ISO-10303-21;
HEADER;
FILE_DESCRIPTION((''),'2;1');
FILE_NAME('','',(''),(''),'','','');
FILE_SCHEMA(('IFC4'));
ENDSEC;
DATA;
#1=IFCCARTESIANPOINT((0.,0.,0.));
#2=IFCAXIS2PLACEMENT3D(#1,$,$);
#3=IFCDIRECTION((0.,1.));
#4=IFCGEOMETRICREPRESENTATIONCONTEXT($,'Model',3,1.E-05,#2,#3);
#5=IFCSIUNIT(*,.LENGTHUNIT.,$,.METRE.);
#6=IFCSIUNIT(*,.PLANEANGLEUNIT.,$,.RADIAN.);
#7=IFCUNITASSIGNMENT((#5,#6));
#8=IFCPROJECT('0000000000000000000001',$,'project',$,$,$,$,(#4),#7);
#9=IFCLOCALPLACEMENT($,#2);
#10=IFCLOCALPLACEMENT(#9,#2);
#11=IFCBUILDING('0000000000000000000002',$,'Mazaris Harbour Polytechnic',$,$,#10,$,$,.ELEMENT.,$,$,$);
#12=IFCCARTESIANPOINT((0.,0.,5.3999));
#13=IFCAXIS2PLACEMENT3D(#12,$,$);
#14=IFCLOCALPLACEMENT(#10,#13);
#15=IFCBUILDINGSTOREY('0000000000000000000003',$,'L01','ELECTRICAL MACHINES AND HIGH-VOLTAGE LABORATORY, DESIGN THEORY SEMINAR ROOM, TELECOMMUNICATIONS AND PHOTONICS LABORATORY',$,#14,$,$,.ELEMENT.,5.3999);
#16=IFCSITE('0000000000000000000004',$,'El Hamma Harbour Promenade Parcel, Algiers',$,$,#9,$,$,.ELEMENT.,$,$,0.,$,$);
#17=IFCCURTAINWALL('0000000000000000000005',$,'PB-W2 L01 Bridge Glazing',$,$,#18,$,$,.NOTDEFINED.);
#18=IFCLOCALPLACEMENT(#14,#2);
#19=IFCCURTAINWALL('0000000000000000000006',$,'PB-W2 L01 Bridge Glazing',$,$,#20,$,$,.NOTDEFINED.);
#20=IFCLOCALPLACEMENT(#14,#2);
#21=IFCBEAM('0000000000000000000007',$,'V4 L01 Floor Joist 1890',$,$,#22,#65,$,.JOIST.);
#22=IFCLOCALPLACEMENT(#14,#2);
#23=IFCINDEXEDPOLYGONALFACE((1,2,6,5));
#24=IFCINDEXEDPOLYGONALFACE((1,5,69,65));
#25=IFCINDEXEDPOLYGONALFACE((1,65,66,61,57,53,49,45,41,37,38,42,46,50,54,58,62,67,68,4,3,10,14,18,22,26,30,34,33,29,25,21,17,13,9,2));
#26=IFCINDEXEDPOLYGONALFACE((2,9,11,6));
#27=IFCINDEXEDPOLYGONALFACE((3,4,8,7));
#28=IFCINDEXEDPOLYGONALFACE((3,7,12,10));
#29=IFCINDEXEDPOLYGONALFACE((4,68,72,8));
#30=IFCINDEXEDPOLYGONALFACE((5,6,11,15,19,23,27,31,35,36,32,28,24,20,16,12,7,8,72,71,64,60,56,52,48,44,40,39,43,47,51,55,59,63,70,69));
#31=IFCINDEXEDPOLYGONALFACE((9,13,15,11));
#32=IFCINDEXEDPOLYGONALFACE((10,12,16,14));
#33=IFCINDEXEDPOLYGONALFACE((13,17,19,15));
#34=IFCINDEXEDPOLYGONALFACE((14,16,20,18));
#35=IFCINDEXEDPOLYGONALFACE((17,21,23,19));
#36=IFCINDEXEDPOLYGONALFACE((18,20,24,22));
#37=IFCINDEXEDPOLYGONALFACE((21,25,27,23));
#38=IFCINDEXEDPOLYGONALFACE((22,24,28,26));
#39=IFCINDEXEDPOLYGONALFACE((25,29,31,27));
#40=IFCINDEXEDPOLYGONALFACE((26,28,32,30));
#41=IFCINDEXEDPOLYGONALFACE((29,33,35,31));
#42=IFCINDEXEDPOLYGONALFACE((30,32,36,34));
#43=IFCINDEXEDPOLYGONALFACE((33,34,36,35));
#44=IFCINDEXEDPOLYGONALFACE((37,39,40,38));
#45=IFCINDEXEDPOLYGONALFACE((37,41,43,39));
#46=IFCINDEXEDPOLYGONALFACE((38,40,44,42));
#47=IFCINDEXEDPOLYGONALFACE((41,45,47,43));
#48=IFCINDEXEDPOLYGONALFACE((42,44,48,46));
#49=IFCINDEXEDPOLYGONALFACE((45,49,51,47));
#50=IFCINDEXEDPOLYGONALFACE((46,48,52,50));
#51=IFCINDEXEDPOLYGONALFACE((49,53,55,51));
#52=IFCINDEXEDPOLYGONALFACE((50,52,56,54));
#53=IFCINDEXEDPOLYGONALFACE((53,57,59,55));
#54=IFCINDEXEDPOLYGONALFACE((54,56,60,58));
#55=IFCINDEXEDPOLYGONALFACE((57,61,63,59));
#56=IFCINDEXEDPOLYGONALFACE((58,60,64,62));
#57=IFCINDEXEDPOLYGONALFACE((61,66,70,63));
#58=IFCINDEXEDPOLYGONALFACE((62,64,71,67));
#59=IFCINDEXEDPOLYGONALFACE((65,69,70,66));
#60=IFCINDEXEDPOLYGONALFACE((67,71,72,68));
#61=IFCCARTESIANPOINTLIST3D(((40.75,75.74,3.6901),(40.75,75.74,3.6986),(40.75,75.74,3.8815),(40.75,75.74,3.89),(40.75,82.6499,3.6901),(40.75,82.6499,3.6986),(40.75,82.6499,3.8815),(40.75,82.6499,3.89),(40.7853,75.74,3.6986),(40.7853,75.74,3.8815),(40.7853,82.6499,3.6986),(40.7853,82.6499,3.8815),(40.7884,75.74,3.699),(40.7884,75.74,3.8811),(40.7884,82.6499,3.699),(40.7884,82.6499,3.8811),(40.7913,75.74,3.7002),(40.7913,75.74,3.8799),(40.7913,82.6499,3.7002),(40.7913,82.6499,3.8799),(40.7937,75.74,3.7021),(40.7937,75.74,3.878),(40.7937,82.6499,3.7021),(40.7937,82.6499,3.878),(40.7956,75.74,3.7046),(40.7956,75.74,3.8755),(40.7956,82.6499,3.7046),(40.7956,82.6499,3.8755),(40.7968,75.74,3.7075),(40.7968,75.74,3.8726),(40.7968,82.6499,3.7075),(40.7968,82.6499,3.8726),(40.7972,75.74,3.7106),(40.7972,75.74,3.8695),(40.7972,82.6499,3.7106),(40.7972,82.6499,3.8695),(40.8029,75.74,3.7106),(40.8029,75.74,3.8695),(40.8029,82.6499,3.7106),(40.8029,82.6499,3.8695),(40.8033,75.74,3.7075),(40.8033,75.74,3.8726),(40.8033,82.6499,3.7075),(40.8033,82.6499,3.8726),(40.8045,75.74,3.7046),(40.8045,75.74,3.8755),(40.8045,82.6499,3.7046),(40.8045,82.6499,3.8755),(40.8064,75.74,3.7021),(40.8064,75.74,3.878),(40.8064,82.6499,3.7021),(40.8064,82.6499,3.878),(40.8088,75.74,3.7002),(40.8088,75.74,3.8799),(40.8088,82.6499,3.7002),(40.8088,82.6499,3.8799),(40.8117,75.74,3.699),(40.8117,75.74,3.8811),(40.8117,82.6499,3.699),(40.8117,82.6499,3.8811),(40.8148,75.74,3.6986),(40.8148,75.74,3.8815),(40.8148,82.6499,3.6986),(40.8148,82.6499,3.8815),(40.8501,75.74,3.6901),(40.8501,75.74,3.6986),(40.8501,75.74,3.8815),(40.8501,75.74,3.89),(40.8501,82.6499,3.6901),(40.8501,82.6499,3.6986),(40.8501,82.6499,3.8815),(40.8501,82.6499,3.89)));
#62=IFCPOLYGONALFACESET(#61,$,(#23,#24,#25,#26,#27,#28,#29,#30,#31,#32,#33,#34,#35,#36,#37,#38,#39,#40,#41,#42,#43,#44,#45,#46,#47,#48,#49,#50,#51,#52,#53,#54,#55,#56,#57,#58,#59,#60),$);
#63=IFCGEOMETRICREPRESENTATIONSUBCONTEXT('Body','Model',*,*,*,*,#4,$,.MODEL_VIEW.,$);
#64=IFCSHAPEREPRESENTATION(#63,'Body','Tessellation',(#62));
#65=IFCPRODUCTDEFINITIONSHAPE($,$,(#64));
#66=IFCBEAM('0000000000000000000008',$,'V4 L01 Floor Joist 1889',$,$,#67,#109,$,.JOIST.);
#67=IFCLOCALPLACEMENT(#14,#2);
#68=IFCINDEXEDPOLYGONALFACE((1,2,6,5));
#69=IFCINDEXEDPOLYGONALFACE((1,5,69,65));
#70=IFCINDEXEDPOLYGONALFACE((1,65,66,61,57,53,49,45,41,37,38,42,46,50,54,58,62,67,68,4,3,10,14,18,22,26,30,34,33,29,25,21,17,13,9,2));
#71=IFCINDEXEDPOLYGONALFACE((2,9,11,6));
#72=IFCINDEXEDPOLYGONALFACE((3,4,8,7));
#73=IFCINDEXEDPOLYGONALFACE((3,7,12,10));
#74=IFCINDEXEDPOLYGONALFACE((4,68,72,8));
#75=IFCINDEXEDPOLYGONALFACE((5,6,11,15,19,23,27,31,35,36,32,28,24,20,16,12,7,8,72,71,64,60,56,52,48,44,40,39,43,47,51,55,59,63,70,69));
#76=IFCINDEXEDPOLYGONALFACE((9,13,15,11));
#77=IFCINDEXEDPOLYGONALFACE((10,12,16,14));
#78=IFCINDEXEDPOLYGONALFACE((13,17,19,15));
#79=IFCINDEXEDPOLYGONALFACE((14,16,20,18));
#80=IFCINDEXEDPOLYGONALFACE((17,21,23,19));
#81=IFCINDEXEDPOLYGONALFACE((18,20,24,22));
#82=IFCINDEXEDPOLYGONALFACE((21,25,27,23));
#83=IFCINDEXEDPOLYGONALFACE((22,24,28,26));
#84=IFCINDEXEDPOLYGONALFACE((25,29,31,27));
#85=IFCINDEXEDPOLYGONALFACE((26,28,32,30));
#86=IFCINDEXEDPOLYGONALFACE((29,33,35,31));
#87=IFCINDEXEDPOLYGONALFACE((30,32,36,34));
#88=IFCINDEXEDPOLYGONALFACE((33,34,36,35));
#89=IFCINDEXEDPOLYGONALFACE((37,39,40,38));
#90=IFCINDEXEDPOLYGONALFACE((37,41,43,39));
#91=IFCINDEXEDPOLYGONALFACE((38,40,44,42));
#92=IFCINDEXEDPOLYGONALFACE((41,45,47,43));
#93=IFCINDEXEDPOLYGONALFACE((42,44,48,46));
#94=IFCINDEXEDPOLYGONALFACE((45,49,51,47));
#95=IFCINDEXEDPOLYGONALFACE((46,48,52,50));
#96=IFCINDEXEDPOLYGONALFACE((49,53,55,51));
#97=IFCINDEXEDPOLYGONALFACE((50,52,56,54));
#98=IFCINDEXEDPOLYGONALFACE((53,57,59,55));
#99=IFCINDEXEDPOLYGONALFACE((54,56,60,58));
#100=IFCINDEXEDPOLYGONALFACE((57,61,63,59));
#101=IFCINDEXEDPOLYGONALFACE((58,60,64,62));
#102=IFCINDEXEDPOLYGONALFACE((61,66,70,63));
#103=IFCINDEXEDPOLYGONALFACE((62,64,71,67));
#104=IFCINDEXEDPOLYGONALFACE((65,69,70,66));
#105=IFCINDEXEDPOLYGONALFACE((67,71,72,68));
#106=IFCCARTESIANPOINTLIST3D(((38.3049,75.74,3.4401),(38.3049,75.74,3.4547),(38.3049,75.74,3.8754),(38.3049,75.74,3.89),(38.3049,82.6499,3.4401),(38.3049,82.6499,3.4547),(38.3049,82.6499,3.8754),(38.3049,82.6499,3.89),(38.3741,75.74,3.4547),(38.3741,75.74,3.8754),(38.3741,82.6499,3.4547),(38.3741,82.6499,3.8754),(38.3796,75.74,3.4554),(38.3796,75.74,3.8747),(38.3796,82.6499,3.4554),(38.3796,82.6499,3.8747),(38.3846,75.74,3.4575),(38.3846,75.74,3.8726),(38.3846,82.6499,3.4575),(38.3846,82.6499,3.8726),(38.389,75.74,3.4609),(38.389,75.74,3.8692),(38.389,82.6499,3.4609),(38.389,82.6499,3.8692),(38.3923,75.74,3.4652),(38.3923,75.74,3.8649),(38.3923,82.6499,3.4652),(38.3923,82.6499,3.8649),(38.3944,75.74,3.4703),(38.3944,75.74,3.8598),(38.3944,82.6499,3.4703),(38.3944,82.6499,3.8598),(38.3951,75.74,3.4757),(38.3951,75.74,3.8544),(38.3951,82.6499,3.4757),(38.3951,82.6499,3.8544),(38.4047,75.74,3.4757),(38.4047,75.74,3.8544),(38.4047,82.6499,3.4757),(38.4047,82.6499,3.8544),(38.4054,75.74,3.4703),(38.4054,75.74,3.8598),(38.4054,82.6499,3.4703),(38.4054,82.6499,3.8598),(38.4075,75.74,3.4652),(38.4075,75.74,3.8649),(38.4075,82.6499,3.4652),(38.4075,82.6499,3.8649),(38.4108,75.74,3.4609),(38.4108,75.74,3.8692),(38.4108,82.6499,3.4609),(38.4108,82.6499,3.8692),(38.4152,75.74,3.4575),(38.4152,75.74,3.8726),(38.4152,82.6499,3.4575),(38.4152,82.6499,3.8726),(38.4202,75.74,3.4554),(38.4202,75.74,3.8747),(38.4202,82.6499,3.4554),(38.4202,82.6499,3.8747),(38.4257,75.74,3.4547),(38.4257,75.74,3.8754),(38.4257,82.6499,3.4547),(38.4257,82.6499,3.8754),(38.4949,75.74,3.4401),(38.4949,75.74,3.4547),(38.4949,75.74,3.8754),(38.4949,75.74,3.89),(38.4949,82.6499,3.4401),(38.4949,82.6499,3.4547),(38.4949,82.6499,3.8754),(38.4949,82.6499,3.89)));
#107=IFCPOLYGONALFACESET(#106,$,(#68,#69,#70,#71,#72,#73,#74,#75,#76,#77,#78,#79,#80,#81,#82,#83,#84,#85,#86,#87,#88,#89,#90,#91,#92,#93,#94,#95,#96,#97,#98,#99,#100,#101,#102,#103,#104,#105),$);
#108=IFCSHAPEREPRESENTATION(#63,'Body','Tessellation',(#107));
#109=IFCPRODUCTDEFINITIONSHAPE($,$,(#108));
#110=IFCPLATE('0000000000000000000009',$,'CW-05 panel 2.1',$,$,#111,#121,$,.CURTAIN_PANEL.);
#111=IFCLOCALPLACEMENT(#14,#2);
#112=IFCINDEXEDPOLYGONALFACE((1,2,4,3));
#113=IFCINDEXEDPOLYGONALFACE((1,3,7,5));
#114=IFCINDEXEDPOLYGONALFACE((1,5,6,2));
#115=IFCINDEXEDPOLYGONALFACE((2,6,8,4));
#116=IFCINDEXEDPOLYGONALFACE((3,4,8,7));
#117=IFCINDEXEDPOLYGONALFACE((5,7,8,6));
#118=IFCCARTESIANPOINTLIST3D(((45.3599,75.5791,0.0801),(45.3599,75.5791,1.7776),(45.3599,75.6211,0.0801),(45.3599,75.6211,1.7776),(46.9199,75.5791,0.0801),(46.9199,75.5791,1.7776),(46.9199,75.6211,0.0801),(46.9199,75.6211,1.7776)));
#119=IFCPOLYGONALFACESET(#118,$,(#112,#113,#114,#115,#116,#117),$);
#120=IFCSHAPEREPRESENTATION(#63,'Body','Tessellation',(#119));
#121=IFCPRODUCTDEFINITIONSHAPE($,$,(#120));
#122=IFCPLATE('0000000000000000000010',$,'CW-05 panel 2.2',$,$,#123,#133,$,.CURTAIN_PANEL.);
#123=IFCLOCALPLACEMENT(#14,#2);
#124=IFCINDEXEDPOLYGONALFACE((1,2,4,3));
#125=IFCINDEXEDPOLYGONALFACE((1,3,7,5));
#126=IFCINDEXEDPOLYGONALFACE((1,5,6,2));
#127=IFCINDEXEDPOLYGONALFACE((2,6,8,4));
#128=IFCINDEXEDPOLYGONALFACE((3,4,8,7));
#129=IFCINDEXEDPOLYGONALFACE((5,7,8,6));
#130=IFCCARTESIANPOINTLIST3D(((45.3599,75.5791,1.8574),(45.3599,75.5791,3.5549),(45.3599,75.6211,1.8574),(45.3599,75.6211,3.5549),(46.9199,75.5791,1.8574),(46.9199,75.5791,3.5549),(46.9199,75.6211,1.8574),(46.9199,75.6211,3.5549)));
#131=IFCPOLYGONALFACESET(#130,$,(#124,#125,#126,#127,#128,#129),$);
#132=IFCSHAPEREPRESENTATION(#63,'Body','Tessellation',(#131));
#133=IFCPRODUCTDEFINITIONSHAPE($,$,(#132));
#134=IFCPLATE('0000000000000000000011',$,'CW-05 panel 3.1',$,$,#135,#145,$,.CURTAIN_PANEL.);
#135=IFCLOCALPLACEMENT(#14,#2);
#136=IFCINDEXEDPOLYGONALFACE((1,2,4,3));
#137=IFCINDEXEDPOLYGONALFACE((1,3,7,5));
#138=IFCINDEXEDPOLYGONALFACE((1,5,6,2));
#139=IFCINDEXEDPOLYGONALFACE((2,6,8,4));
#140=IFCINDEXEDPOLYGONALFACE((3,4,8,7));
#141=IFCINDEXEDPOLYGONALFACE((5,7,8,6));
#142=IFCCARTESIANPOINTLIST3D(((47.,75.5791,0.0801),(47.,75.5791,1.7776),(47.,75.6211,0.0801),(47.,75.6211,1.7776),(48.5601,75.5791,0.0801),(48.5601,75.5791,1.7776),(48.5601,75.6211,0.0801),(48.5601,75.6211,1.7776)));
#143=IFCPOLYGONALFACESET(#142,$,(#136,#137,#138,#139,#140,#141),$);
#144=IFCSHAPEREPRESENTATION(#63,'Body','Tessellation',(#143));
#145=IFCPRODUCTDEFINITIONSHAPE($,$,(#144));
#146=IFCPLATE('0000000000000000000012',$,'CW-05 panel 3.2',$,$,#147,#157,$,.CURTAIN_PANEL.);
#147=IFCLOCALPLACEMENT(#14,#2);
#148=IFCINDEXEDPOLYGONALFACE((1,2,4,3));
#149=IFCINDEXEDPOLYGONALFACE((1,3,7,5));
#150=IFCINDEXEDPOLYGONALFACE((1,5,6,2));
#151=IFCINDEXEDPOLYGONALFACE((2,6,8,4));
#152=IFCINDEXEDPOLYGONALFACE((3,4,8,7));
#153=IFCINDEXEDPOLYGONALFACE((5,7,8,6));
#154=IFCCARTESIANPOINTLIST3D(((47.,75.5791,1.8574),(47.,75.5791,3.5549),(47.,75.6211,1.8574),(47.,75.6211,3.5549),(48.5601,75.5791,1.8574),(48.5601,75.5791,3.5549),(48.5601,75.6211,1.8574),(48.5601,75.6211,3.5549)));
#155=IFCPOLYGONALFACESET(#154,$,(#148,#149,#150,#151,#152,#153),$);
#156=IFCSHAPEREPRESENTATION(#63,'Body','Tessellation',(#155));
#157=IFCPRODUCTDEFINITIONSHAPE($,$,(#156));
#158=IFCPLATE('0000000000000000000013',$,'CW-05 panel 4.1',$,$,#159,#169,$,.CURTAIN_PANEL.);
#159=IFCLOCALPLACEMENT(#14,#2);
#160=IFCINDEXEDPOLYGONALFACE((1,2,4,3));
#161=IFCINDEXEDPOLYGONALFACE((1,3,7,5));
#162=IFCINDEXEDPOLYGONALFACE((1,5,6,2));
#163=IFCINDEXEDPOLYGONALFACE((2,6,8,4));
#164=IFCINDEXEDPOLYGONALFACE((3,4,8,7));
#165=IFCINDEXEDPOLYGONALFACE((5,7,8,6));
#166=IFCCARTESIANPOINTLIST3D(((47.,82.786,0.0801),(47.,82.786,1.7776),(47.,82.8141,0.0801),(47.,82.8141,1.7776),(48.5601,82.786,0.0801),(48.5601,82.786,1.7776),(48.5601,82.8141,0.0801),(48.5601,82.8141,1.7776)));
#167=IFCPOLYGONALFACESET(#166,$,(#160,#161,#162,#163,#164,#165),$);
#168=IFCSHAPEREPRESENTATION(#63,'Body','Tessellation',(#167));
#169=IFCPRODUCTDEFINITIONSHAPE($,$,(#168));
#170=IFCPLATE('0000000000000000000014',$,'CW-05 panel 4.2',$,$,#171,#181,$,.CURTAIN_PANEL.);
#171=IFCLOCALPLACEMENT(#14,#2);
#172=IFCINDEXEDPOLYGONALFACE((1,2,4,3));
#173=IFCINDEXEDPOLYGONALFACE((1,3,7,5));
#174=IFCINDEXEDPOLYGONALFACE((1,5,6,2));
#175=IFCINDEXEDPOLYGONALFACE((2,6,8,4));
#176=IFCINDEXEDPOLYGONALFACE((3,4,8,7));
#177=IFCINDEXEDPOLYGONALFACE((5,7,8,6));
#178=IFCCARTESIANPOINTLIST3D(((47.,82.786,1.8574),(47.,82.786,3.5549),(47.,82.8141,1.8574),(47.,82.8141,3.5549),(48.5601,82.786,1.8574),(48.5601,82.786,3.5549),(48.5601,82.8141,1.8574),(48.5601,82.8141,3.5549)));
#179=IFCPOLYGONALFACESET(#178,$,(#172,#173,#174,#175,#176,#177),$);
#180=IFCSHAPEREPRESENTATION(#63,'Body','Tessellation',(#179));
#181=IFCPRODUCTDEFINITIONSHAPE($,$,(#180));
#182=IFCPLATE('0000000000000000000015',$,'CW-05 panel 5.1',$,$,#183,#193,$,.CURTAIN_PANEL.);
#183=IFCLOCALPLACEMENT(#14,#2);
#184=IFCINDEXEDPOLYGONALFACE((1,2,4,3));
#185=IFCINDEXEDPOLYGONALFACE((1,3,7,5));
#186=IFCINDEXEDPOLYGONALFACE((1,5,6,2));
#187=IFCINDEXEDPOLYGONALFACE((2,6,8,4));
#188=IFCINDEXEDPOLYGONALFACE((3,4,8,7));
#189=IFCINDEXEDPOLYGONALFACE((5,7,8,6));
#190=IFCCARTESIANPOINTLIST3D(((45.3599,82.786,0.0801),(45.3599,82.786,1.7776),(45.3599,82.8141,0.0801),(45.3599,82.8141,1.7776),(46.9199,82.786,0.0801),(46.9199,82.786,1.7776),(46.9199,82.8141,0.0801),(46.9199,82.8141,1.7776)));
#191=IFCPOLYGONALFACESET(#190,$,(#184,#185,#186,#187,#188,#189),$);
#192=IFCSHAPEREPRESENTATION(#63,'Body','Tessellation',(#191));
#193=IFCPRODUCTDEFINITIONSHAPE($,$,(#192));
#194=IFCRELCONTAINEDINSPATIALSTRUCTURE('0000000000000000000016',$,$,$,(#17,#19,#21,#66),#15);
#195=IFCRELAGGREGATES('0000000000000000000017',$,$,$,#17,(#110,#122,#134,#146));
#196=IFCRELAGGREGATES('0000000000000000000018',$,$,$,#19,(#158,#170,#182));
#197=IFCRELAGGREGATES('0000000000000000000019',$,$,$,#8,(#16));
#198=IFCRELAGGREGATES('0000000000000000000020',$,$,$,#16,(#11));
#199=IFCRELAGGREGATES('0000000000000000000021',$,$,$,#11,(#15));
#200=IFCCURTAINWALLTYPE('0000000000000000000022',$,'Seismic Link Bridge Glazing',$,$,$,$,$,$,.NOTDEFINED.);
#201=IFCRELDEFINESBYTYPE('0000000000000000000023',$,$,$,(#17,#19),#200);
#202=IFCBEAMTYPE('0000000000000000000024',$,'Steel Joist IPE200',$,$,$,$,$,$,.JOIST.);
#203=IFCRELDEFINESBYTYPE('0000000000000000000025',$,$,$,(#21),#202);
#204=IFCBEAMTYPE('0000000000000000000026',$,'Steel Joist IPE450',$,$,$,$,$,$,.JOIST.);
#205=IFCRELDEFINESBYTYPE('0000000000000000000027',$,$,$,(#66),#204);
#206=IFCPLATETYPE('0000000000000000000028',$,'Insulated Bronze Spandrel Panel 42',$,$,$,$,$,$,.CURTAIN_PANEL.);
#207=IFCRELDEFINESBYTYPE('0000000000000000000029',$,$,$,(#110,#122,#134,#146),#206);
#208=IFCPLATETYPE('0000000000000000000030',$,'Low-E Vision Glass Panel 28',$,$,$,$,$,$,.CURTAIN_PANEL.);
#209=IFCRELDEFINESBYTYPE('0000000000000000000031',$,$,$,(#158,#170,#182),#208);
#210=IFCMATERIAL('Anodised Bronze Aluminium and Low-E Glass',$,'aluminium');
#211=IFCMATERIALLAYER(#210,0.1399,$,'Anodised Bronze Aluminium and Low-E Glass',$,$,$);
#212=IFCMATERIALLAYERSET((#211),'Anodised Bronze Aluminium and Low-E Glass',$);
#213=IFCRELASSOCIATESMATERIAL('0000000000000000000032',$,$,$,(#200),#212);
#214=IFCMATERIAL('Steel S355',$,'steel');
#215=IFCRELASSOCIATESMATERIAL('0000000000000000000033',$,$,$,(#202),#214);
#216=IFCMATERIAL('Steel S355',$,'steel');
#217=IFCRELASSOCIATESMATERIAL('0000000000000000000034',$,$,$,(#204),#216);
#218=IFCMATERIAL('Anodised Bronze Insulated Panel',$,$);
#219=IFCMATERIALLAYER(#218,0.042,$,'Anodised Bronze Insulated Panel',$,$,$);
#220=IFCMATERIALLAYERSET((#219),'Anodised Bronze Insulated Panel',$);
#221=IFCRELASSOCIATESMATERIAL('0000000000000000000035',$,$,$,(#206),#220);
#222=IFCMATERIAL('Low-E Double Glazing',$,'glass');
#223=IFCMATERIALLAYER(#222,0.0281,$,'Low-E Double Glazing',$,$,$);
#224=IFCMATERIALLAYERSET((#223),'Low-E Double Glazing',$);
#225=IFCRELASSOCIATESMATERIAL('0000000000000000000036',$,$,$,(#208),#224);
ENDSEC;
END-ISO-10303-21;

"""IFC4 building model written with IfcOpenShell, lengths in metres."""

from ifc_helpers import new_model, si_unit, direction, frame, origin, origin_2d, place, context, subcontext, project, spatial, rectangle, i_section, extrude, material, layer, layer_set, material_profile, profile_set, type_object, element, aggregate, save


model = new_model("IFC4")

# Units and contexts
model_context = context("Model", 3, precision=1e-05, world=origin(), true_north=direction((0.0, 1.0)))
body_context = subcontext(model_context, "Body", "Model", "MODEL_VIEW")
ifc_project = project(units=[si_unit("LENGTHUNIT", "METRE"), si_unit("PLANEANGLEUNIT", "RADIAN")], contexts=[model_context])

# Site, building, storey
site_placement = place(None, origin())
site = spatial("IfcSite", under=ifc_project, at=site_placement, Name="El Hamma Harbour Promenade Parcel, Algiers", CompositionType="ELEMENT", RefElevation=0.0)
building_placement = place(site_placement, origin())
building = spatial("IfcBuilding", under=site, at=building_placement, Name="Mazaris Harbour Polytechnic", CompositionType="ELEMENT")
storey_placement = place(building_placement, frame((0.0, 0.0, 5.3999)))
storey = spatial("IfcBuildingStorey", under=building, at=storey_placement, Name="L01", Description="ELECTRICAL MACHINES AND HIGH-VOLTAGE LABORATORY, DESIGN THEORY SEMINAR ROOM, TELECOMMUNICATIONS AND PHOTONICS LABORATORY", CompositionType="ELEMENT", Elevation=5.3999)

# Curtain wall
ifc_material_1 = material(Name="Anodised Bronze Aluminium and Low-E Glass", Category="aluminium")
ifc_layer_1 = layer(ifc_material_1, 0.1399, Name="Anodised Bronze Aluminium and Low-E Glass")
ifc_layer_set_1 = layer_set([ifc_layer_1], Name="Anodised Bronze Aluminium and Low-E Glass")
curtain_wall_type = type_object("IfcCurtainWallType", Name="Seismic Link Bridge Glazing", PredefinedType="NOTDEFINED", material=ifc_layer_set_1)
curtain_wall_1_placement = place(storey_placement, origin())
curtain_wall_1 = element("IfcCurtainWall", 1, at=curtain_wall_1_placement, inside=storey, type_object=curtain_wall_type, Name="PB-W2 L01 Bridge Glazing", PredefinedType="NOTDEFINED")

# Curtain wall
curtain_wall_2_placement = place(storey_placement, origin())
curtain_wall_2 = element("IfcCurtainWall", 2, at=curtain_wall_2_placement, inside=storey, type_object=curtain_wall_type, Name="PB-W2 L01 Bridge Glazing", PredefinedType="NOTDEFINED")

# Beams
ifc_material_2 = material(Name="Steel S355", Category="steel")
ifc_material_profile_1 = material_profile(ifc_material_2, i_section(OverallWidth=0.1001, OverallDepth=0.2, WebThickness=0.0056, FlangeThickness=0.0085, FilletRadius=0.012, at=origin_2d()), Name="IPE 200")
ifc_profile_set_1 = profile_set([ifc_material_profile_1], Name="Steel S355")
beam_type_1 = type_object("IfcBeamType", Name="Steel Joist IPE200", PredefinedType="JOIST", material=ifc_profile_set_1)
beam_1_placement = place(storey_placement, frame((40.8, 75.74, 3.79), z_axis=(0.0, 1.0, 0.0), x_axis=(-1.0, 0.0, 0.0)))
element("IfcBeam", 3, at=beam_1_placement, inside=storey, type_object=beam_type_1, Name="V4 L01 Floor Joist 1890", PredefinedType="JOIST", context=body_context, shape_type="SweptSolid", body=[
    extrude(i_section(OverallWidth=0.1001, OverallDepth=0.2, WebThickness=0.0056, FlangeThickness=0.0085, FilletRadius=0.012, at=origin_2d()), origin(), (0.0, 0.0, 1.0), 6.9099),
])
ifc_material_3 = material(Name="Steel S355", Category="steel")
ifc_material_profile_2 = material_profile(ifc_material_3, i_section(OverallWidth=0.1899, OverallDepth=0.45, WebThickness=0.0095, FlangeThickness=0.0146, FilletRadius=0.021, at=origin_2d()), Name="IPE 450")
ifc_profile_set_2 = profile_set([ifc_material_profile_2], Name="Steel S355")
beam_type_2 = type_object("IfcBeamType", Name="Steel Joist IPE450", PredefinedType="JOIST", material=ifc_profile_set_2)
beam_2_placement = place(storey_placement, frame((38.3999, 75.74, 3.665), z_axis=(0.0, 1.0, 0.0), x_axis=(-1.0, 0.0, 0.0)))
element("IfcBeam", 4, at=beam_2_placement, inside=storey, type_object=beam_type_2, Name="V4 L01 Floor Joist 1889", PredefinedType="JOIST", context=body_context, shape_type="SweptSolid", body=[
    extrude(i_section(OverallWidth=0.1899, OverallDepth=0.45, WebThickness=0.0095, FlangeThickness=0.0146, FilletRadius=0.021, at=origin_2d()), origin(), (0.0, 0.0, 1.0), 6.9099),
])

# Plates
ifc_material_4 = material(Name="Anodised Bronze Insulated Panel")
ifc_layer_2 = layer(ifc_material_4, 0.042, Name="Anodised Bronze Insulated Panel")
ifc_layer_set_2 = layer_set([ifc_layer_2], Name="Anodised Bronze Insulated Panel")
plate_type_1 = type_object("IfcPlateType", Name="Insulated Bronze Spandrel Panel 42", PredefinedType="CURTAIN_PANEL", material=ifc_layer_set_2)
plate_1_placement = place(storey_placement, frame((46.1399, 75.6001, 0.0801), z_axis=(0.0, 0.0, 1.0), x_axis=(1.0, 0.0, 0.0)))
plate_1 = element("IfcPlate", 5, at=plate_1_placement, type_object=plate_type_1, Name="CW-05 panel 2.1", PredefinedType="CURTAIN_PANEL", context=body_context, shape_type="SweptSolid", body=[
    extrude(rectangle(XDim=1.5601, YDim=0.042, at=origin_2d()), origin(), (0.0, 0.0, 1.0), 1.6975),
])
plate_2_placement = place(storey_placement, frame((46.1399, 75.6001, 1.8574), z_axis=(0.0, 0.0, 1.0), x_axis=(1.0, 0.0, 0.0)))
plate_2 = element("IfcPlate", 6, at=plate_2_placement, type_object=plate_type_1, Name="CW-05 panel 2.2", PredefinedType="CURTAIN_PANEL", context=body_context, shape_type="SweptSolid", body=[
    extrude(rectangle(XDim=1.5601, YDim=0.042, at=origin_2d()), origin(), (0.0, 0.0, 1.0), 1.6975),
])
plate_3_placement = place(storey_placement, frame((47.78, 75.6001, 0.0801), z_axis=(0.0, 0.0, 1.0), x_axis=(1.0, 0.0, 0.0)))
plate_3 = element("IfcPlate", 7, at=plate_3_placement, type_object=plate_type_1, Name="CW-05 panel 3.1", PredefinedType="CURTAIN_PANEL", context=body_context, shape_type="SweptSolid", body=[
    extrude(rectangle(XDim=1.5601, YDim=0.042, at=origin_2d()), origin(), (0.0, 0.0, 1.0), 1.6975),
])
plate_4_placement = place(storey_placement, frame((47.78, 75.6001, 1.8574), z_axis=(0.0, 0.0, 1.0), x_axis=(1.0, 0.0, 0.0)))
plate_4 = element("IfcPlate", 8, at=plate_4_placement, type_object=plate_type_1, Name="CW-05 panel 3.2", PredefinedType="CURTAIN_PANEL", context=body_context, shape_type="SweptSolid", body=[
    extrude(rectangle(XDim=1.5601, YDim=0.042, at=origin_2d()), origin(), (0.0, 0.0, 1.0), 1.6975),
])
aggregate(curtain_wall_1, [plate_1, plate_2, plate_3, plate_4])
ifc_material_5 = material(Name="Low-E Double Glazing", Category="glass")
ifc_layer_3 = layer(ifc_material_5, 0.0281, Name="Low-E Double Glazing")
ifc_layer_set_3 = layer_set([ifc_layer_3], Name="Low-E Double Glazing")
plate_type_2 = type_object("IfcPlateType", Name="Low-E Vision Glass Panel 28", PredefinedType="CURTAIN_PANEL", material=ifc_layer_set_3)
plate_5_placement = place(storey_placement, frame((47.78, 82.8, 0.0801), z_axis=(0.0, 0.0, 1.0), x_axis=(-1.0, 0.0, 0.0)))
plate_5 = element("IfcPlate", 9, at=plate_5_placement, type_object=plate_type_2, Name="CW-05 panel 4.1", PredefinedType="CURTAIN_PANEL", context=body_context, shape_type="SweptSolid", body=[
    extrude(rectangle(XDim=1.5601, YDim=0.0281, at=origin_2d()), origin(), (0.0, 0.0, 1.0), 1.6975),
])
plate_6_placement = place(storey_placement, frame((47.78, 82.8, 1.8574), z_axis=(0.0, 0.0, 1.0), x_axis=(-1.0, 0.0, 0.0)))
plate_6 = element("IfcPlate", 10, at=plate_6_placement, type_object=plate_type_2, Name="CW-05 panel 4.2", PredefinedType="CURTAIN_PANEL", context=body_context, shape_type="SweptSolid", body=[
    extrude(rectangle(XDim=1.5601, YDim=0.0281, at=origin_2d()), origin(), (0.0, 0.0, 1.0), 1.6975),
])
plate_7_placement = place(storey_placement, frame((46.1399, 82.8, 0.0801), z_axis=(0.0, 0.0, 1.0), x_axis=(-1.0, 0.0, 0.0)))
plate_7 = element("IfcPlate", 11, at=plate_7_placement, type_object=plate_type_2, Name="CW-05 panel 5.1", PredefinedType="CURTAIN_PANEL", context=body_context, shape_type="SweptSolid", body=[
    extrude(rectangle(XDim=1.5601, YDim=0.0281, at=origin_2d()), origin(), (0.0, 0.0, 1.0), 1.6975),
])
aggregate(curtain_wall_2, [plate_5, plate_6, plate_7])

save(model, "model.ifc")
